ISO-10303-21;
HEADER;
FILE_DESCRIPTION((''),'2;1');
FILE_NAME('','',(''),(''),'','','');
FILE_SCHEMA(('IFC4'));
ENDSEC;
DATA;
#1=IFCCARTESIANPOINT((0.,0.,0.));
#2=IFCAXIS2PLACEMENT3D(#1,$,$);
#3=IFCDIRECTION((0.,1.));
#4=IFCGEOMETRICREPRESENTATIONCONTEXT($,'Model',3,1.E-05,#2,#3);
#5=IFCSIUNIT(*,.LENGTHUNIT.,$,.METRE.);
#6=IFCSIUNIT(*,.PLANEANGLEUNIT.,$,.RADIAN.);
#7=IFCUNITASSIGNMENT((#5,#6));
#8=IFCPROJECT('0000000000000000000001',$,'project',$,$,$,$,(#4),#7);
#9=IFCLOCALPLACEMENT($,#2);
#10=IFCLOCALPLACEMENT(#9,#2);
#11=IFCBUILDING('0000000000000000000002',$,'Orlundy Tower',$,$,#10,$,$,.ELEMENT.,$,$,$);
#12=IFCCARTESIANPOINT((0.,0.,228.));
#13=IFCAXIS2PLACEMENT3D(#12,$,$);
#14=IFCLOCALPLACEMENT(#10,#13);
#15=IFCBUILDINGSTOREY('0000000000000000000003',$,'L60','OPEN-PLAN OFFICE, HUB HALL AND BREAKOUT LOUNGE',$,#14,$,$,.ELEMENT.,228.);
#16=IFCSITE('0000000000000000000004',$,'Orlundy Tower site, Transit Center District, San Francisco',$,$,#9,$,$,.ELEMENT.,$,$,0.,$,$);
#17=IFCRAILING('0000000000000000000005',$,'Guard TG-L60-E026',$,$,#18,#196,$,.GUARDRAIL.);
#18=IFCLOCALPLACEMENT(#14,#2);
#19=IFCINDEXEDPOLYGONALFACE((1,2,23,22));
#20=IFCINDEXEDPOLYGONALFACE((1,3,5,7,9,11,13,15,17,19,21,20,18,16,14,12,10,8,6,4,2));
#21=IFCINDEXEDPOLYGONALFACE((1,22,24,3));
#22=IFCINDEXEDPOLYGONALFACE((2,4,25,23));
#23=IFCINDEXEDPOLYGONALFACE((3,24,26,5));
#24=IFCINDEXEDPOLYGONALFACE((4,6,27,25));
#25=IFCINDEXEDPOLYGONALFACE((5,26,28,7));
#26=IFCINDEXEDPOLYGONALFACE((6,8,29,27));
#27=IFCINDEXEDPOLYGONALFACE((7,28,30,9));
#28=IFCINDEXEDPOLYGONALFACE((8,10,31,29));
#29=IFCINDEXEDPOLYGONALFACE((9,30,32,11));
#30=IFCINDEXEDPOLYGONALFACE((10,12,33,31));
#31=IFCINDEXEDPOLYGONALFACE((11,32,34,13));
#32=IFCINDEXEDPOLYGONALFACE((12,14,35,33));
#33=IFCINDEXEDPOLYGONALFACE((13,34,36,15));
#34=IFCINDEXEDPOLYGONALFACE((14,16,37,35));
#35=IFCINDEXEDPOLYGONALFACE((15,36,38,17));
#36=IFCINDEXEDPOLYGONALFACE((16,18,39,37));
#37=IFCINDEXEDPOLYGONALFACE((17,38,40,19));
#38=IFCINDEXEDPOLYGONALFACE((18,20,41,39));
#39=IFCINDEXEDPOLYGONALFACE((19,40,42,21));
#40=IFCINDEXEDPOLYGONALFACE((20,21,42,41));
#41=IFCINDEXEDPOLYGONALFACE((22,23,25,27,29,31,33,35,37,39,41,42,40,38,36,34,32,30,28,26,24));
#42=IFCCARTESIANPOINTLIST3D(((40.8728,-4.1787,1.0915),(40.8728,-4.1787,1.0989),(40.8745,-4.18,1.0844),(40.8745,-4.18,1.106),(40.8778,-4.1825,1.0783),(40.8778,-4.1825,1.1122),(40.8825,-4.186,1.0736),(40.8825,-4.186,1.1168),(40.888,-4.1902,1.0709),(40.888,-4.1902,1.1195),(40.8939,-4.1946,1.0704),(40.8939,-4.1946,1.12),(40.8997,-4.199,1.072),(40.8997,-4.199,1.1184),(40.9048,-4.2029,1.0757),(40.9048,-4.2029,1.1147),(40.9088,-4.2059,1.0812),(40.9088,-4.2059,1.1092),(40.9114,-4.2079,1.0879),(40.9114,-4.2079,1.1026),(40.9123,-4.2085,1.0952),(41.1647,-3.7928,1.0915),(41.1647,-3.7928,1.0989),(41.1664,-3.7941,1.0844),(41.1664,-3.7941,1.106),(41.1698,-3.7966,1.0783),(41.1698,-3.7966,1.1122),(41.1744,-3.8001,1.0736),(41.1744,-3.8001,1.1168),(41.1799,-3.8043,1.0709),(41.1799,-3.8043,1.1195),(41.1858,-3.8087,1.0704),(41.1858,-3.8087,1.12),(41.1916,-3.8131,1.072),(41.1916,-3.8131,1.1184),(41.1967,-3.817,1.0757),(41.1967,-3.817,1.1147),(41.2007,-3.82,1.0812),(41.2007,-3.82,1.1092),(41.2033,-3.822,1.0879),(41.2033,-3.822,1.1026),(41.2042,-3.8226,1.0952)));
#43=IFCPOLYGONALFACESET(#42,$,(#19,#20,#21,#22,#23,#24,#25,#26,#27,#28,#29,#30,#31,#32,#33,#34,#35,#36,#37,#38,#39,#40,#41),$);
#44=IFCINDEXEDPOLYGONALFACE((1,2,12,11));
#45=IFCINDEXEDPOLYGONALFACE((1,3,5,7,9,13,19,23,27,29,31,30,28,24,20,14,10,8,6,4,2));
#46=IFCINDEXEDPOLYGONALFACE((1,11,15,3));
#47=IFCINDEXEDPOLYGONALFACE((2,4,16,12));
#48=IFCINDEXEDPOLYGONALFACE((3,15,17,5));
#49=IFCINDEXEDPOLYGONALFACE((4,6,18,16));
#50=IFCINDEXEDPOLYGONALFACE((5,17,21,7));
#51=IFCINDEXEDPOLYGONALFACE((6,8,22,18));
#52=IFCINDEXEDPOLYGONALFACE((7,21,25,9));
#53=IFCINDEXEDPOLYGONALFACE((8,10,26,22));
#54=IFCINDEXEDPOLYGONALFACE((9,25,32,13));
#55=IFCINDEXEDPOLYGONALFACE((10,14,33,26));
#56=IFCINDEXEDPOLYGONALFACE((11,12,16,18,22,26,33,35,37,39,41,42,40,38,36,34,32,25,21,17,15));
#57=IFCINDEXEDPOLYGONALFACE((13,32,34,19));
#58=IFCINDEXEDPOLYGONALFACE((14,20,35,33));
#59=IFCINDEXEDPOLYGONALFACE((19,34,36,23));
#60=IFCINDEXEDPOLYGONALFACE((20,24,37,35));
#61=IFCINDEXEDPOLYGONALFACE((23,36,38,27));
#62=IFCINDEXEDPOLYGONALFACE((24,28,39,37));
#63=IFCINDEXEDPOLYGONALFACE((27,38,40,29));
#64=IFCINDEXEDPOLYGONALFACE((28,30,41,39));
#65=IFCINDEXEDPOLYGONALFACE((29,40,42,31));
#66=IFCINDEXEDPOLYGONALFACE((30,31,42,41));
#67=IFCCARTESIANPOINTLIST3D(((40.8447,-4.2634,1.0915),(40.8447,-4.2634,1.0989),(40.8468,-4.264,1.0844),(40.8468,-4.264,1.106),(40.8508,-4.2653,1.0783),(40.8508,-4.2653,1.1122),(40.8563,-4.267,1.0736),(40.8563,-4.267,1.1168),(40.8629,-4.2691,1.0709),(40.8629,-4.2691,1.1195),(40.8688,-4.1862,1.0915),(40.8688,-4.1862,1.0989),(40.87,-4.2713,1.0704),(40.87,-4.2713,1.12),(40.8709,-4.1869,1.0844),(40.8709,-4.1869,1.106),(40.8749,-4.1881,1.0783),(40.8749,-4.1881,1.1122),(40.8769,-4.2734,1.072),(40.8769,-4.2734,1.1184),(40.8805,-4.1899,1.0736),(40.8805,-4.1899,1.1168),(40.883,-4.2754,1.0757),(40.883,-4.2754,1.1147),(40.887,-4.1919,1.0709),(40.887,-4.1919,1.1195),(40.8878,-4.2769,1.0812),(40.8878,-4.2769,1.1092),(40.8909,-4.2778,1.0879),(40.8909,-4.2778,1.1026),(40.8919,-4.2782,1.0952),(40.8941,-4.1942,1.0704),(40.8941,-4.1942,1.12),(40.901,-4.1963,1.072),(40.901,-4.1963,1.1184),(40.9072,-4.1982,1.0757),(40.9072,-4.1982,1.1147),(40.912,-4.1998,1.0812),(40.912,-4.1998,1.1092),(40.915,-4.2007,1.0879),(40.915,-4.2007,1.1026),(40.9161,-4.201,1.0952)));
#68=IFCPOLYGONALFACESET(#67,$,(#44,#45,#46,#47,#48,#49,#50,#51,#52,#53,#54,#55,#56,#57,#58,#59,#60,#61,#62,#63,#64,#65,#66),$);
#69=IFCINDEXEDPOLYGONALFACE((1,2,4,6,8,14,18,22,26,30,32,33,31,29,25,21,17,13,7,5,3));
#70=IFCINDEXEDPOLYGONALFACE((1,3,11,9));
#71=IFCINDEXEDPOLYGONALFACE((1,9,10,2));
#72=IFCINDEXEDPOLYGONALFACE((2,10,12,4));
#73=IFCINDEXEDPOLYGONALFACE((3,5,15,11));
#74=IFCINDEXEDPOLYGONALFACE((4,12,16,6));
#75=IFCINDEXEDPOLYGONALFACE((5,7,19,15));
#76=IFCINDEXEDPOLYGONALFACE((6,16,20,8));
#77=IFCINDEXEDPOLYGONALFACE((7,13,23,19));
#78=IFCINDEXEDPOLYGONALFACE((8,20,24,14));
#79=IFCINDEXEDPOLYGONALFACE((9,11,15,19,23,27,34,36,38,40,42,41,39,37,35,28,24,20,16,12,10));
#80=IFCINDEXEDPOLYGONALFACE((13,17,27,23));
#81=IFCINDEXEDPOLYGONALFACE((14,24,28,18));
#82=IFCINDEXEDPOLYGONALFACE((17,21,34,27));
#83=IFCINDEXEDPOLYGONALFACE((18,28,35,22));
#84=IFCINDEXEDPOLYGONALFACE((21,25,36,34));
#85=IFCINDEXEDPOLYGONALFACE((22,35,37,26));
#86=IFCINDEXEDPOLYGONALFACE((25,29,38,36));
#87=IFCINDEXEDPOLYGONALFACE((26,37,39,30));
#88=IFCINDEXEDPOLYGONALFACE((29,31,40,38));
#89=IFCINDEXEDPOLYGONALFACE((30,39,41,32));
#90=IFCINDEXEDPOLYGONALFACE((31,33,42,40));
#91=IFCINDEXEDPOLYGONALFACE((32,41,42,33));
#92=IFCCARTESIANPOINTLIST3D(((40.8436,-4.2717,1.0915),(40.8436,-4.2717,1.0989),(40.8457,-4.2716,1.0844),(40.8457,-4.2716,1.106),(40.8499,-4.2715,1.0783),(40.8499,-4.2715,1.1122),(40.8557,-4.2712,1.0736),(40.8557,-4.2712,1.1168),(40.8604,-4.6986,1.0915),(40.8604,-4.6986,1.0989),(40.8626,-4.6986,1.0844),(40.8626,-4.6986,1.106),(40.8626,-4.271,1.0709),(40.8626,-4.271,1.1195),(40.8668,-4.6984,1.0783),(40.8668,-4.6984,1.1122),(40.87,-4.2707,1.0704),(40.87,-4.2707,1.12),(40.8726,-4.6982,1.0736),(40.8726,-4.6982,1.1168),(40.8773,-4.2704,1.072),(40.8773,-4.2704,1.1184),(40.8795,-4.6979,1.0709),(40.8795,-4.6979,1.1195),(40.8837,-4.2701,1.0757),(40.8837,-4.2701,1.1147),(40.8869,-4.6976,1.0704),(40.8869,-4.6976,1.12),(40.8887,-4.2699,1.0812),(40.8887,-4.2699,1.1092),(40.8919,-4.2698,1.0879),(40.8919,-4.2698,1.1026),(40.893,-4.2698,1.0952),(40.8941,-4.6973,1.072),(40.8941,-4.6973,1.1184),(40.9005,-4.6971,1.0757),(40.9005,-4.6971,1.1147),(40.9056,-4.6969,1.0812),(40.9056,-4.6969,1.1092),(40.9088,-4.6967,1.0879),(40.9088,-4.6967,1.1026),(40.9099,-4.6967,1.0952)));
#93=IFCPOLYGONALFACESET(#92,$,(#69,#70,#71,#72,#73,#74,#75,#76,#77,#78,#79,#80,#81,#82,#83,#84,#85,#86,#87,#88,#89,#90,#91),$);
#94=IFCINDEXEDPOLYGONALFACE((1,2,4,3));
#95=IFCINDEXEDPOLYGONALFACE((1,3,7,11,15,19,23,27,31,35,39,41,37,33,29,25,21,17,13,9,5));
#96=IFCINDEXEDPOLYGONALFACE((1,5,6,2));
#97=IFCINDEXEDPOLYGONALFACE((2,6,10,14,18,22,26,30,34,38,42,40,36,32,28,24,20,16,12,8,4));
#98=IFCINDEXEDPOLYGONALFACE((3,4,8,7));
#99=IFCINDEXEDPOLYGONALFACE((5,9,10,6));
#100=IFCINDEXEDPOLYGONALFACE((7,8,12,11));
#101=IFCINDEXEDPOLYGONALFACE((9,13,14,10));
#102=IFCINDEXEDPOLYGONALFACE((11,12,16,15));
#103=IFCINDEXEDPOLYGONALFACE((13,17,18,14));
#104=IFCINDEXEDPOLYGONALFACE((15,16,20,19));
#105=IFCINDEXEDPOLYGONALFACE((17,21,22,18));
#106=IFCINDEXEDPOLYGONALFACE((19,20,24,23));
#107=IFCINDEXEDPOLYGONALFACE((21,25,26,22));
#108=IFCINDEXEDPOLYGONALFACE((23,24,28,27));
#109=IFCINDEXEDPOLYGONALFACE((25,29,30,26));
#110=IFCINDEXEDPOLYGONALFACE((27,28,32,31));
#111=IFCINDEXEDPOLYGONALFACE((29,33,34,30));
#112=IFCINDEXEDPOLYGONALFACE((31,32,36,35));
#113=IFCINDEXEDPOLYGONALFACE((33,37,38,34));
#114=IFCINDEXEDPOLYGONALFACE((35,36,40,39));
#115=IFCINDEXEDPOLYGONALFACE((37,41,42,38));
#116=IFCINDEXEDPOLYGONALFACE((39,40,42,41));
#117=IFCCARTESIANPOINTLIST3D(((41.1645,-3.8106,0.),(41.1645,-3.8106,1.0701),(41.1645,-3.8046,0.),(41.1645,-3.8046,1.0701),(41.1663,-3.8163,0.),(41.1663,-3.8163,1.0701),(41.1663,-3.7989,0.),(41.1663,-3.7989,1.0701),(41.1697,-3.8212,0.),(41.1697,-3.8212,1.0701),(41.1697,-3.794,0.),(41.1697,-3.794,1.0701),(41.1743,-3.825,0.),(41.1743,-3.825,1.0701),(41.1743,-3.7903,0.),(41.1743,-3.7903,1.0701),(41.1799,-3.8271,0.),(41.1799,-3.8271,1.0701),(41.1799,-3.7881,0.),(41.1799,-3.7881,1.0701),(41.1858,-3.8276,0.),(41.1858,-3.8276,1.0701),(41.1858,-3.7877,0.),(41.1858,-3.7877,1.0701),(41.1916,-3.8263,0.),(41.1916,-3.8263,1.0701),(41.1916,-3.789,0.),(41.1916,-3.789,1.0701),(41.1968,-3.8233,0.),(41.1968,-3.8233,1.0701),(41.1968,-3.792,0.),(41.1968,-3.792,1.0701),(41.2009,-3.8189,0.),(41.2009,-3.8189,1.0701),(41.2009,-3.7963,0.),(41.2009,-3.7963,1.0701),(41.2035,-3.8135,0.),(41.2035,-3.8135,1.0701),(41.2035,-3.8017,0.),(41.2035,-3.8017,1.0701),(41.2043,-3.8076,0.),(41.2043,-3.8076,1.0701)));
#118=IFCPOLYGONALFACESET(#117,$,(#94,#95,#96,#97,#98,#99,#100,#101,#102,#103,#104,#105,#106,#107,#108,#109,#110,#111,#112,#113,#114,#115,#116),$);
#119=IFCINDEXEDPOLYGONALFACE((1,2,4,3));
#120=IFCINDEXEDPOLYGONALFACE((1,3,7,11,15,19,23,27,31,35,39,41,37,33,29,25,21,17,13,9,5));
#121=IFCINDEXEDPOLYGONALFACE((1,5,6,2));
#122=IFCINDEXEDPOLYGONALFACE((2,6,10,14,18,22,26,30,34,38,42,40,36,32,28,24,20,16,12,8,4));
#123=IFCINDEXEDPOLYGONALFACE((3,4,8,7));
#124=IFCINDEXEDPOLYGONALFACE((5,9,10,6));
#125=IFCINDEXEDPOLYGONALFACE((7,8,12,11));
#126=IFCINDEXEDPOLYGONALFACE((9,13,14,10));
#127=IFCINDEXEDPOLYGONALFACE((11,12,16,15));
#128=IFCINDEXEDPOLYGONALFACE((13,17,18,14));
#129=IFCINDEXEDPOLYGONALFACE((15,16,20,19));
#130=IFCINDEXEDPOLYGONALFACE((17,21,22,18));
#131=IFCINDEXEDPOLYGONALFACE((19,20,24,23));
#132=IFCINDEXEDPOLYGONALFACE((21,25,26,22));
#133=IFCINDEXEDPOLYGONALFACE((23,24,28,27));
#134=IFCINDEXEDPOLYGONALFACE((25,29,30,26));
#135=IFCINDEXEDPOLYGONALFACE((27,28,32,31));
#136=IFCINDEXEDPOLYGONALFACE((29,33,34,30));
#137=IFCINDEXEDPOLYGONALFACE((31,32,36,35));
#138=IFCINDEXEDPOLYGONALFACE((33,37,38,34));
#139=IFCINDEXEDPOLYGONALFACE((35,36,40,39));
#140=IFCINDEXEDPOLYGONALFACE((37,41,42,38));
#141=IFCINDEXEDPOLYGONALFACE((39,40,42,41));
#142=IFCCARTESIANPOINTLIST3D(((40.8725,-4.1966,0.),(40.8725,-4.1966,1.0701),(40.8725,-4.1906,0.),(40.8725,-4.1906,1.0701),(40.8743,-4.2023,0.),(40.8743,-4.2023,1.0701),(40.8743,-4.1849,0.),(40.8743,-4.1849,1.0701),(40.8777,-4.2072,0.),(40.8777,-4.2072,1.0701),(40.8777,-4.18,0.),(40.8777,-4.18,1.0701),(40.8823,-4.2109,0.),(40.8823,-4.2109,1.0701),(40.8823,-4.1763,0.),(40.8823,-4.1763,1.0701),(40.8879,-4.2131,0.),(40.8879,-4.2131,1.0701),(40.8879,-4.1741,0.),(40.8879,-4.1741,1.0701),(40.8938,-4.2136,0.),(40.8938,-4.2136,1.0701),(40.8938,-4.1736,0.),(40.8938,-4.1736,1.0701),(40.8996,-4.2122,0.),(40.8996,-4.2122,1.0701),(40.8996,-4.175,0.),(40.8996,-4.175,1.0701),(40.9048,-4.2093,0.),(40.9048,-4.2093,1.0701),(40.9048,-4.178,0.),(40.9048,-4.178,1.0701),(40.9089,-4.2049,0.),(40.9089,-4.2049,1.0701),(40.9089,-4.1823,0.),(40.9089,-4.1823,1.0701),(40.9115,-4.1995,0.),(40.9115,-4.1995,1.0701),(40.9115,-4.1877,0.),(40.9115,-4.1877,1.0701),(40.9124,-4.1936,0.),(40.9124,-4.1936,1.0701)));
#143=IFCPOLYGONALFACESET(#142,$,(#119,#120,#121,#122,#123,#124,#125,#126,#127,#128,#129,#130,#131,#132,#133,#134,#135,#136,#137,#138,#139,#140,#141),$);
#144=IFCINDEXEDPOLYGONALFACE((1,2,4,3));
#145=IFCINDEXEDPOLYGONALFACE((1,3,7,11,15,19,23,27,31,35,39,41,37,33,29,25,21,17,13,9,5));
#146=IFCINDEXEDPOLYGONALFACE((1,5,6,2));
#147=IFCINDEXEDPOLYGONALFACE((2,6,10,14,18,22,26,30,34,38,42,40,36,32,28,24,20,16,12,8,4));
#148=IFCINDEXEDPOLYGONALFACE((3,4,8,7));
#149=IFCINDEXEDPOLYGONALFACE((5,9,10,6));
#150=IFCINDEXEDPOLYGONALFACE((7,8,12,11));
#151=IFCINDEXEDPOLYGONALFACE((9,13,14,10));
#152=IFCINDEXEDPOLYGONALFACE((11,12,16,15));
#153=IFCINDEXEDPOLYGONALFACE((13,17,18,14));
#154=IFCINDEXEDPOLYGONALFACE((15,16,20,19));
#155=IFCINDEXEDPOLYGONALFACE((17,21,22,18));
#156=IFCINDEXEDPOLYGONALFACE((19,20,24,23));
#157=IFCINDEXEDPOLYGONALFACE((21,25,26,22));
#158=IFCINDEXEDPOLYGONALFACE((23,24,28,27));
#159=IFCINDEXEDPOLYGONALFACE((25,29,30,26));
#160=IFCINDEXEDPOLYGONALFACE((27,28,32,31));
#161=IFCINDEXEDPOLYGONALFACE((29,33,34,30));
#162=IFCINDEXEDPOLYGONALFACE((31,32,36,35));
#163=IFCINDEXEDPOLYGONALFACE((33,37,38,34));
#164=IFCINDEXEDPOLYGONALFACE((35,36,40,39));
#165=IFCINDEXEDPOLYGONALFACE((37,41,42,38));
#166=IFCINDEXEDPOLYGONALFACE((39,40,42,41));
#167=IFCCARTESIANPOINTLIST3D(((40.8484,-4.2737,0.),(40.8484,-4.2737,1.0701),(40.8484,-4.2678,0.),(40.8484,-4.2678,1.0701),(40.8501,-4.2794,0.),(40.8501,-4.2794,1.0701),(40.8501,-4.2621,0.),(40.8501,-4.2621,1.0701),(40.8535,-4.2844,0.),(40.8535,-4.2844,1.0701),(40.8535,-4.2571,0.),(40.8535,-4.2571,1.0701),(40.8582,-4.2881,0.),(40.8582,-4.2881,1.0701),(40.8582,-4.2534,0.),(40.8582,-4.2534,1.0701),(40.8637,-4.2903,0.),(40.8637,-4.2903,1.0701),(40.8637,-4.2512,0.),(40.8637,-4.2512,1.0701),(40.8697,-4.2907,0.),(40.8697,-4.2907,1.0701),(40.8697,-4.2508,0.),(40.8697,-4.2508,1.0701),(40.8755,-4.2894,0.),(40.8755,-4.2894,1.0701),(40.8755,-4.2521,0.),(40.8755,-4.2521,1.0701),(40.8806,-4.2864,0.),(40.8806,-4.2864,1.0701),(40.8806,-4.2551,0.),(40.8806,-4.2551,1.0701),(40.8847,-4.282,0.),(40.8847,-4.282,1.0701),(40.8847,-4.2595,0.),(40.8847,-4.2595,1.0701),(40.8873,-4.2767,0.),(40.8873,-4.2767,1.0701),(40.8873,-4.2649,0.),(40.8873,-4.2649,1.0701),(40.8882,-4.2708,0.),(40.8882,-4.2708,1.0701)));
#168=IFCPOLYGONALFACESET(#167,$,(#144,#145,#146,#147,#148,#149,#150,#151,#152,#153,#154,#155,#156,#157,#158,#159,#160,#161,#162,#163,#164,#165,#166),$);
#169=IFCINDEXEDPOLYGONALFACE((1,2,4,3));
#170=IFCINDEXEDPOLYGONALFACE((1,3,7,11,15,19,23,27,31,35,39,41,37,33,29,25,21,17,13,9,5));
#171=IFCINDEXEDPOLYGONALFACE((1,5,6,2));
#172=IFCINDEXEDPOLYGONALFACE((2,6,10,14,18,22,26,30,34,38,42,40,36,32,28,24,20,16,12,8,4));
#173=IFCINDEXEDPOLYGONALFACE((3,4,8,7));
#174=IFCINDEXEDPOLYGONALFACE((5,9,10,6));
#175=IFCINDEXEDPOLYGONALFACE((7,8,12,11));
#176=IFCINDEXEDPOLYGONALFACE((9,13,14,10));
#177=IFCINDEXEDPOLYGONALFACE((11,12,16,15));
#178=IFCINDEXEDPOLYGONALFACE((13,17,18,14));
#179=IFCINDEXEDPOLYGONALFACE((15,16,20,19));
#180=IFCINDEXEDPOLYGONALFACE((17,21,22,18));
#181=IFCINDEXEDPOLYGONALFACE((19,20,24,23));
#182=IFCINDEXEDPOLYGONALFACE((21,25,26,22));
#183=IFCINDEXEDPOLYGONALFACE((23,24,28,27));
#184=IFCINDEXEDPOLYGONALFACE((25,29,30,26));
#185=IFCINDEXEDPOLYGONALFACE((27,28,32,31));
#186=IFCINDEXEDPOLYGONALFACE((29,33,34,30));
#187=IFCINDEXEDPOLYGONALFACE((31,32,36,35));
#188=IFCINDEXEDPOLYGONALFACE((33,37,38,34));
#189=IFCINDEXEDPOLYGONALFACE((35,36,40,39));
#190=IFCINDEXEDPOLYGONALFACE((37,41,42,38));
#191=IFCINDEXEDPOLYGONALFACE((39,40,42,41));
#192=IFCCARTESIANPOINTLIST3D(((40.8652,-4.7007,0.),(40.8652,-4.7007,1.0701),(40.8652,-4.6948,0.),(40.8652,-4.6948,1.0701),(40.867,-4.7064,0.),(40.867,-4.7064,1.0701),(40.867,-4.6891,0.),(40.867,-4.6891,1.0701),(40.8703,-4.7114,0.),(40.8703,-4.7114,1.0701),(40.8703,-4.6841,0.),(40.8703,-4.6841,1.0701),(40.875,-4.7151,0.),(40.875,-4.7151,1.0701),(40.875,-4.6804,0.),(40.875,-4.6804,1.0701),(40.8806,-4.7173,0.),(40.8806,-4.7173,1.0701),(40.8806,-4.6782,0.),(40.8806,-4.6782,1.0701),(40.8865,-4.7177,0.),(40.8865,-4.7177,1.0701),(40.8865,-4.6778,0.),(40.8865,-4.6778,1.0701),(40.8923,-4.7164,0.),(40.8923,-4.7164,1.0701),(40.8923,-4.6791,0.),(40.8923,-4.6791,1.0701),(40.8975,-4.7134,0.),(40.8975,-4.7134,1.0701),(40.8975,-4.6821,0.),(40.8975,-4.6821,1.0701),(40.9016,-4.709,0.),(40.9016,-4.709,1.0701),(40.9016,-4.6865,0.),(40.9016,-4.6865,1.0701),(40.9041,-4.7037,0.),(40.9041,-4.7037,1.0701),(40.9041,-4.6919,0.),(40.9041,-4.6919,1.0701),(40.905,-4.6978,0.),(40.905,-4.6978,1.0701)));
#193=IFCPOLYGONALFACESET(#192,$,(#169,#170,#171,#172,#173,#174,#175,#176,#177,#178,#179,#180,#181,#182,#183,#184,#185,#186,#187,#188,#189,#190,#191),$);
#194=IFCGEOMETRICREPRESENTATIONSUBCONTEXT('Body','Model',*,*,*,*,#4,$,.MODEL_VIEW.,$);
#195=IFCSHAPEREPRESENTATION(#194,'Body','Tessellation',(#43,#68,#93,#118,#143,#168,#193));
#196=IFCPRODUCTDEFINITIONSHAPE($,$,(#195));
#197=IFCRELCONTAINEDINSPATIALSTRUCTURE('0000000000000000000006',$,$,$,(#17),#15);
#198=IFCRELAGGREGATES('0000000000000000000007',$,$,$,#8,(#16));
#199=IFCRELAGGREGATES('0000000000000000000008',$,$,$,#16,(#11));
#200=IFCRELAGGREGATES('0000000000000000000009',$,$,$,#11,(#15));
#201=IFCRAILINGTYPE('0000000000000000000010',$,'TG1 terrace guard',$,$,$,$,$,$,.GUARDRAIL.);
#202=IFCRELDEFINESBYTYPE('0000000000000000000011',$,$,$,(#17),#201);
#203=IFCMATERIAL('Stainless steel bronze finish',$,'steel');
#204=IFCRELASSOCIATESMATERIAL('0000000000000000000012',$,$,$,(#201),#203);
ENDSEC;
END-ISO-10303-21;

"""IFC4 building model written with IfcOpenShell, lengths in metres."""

from ifc_helpers import new_model, si_unit, direction, frame, origin, origin_2d, place, context, subcontext, project, spatial, circle, extrude, material, type_object, element, save


model = new_model("IFC4")

# Units and contexts
model_context = context("Model", 3, precision=1e-05, world=origin(), true_north=direction((0.0, 1.0)))
body_context = subcontext(model_context, "Body", "Model", "MODEL_VIEW")
ifc_project = project(units=[si_unit("LENGTHUNIT", "METRE"), si_unit("PLANEANGLEUNIT", "RADIAN")], contexts=[model_context])

# Site, building, storey
site_placement = place(None, origin())
site = spatial("IfcSite", under=ifc_project, at=site_placement, Name="Orlundy Tower site, Transit Center District, San Francisco", CompositionType="ELEMENT", RefElevation=0.0)
building_placement = place(site_placement, origin())
building = spatial("IfcBuilding", under=site, at=building_placement, Name="Orlundy Tower", CompositionType="ELEMENT")
storey_placement = place(building_placement, frame((0.0, 0.0, 228.0)))
storey = spatial("IfcBuildingStorey", under=building, at=storey_placement, Name="L60", Description="OPEN-PLAN OFFICE, HUB HALL AND BREAKOUT LOUNGE", CompositionType="ELEMENT", Elevation=228.0)

# Railing
ifc_material_1 = material(Name="Stainless steel bronze finish", Category="steel")
railing_type = type_object("IfcRailingType", Name="TG1 terrace guard", PredefinedType="GUARDRAIL", material=ifc_material_1)
railing_1_placement = place(storey_placement, frame((41.1843, -3.8076, 0.0)))
element("IfcRailing", 1, at=railing_1_placement, inside=storey, type_object=railing_type, Name="Guard TG-L60-E026", PredefinedType="GUARDRAIL", context=body_context, shape_type="SweptSolid", body=[
    extrude(circle(Radius=0.0249, at=origin_2d()), frame((0.0, 0.0, 1.0952), z_axis=(-0.603304, -0.797511, 0.0), x_axis=(0.797511, -0.603304, 0.0)), (0.0, 0.0, 1.0), 0.4839),
    extrude(circle(Radius=0.0249, at=origin_2d()), frame((-0.292, -0.386, 1.0952), z_axis=(-0.298963, -0.954265, 0.0), x_axis=(0.954265, -0.298963, 0.0)), (0.0, 0.0, 1.0), 0.0808),
    extrude(circle(Radius=0.0249, at=origin_2d()), frame((-0.3162, -0.4631, 1.0952), z_axis=(0.03942, -0.999223, 0.0), x_axis=(0.999223, 0.03942, 0.0)), (0.0, 0.0, 1.0), 0.4272),
    extrude(circle(Radius=0.02, at=origin_2d()), origin(), (0.0, 0.0, 1.0), 1.0701),
    extrude(circle(Radius=0.02, at=origin_2d()), frame((-0.292, -0.386, 0.0)), (0.0, 0.0, 1.0), 1.0701),
    extrude(circle(Radius=0.02, at=origin_2d()), frame((-0.3162, -0.4631, 0.0)), (0.0, 0.0, 1.0), 1.0701),
    extrude(circle(Radius=0.02, at=origin_2d()), frame((-0.2993, -0.8901, 0.0)), (0.0, 0.0, 1.0), 1.0701),
])

save(model, "model.ifc")
